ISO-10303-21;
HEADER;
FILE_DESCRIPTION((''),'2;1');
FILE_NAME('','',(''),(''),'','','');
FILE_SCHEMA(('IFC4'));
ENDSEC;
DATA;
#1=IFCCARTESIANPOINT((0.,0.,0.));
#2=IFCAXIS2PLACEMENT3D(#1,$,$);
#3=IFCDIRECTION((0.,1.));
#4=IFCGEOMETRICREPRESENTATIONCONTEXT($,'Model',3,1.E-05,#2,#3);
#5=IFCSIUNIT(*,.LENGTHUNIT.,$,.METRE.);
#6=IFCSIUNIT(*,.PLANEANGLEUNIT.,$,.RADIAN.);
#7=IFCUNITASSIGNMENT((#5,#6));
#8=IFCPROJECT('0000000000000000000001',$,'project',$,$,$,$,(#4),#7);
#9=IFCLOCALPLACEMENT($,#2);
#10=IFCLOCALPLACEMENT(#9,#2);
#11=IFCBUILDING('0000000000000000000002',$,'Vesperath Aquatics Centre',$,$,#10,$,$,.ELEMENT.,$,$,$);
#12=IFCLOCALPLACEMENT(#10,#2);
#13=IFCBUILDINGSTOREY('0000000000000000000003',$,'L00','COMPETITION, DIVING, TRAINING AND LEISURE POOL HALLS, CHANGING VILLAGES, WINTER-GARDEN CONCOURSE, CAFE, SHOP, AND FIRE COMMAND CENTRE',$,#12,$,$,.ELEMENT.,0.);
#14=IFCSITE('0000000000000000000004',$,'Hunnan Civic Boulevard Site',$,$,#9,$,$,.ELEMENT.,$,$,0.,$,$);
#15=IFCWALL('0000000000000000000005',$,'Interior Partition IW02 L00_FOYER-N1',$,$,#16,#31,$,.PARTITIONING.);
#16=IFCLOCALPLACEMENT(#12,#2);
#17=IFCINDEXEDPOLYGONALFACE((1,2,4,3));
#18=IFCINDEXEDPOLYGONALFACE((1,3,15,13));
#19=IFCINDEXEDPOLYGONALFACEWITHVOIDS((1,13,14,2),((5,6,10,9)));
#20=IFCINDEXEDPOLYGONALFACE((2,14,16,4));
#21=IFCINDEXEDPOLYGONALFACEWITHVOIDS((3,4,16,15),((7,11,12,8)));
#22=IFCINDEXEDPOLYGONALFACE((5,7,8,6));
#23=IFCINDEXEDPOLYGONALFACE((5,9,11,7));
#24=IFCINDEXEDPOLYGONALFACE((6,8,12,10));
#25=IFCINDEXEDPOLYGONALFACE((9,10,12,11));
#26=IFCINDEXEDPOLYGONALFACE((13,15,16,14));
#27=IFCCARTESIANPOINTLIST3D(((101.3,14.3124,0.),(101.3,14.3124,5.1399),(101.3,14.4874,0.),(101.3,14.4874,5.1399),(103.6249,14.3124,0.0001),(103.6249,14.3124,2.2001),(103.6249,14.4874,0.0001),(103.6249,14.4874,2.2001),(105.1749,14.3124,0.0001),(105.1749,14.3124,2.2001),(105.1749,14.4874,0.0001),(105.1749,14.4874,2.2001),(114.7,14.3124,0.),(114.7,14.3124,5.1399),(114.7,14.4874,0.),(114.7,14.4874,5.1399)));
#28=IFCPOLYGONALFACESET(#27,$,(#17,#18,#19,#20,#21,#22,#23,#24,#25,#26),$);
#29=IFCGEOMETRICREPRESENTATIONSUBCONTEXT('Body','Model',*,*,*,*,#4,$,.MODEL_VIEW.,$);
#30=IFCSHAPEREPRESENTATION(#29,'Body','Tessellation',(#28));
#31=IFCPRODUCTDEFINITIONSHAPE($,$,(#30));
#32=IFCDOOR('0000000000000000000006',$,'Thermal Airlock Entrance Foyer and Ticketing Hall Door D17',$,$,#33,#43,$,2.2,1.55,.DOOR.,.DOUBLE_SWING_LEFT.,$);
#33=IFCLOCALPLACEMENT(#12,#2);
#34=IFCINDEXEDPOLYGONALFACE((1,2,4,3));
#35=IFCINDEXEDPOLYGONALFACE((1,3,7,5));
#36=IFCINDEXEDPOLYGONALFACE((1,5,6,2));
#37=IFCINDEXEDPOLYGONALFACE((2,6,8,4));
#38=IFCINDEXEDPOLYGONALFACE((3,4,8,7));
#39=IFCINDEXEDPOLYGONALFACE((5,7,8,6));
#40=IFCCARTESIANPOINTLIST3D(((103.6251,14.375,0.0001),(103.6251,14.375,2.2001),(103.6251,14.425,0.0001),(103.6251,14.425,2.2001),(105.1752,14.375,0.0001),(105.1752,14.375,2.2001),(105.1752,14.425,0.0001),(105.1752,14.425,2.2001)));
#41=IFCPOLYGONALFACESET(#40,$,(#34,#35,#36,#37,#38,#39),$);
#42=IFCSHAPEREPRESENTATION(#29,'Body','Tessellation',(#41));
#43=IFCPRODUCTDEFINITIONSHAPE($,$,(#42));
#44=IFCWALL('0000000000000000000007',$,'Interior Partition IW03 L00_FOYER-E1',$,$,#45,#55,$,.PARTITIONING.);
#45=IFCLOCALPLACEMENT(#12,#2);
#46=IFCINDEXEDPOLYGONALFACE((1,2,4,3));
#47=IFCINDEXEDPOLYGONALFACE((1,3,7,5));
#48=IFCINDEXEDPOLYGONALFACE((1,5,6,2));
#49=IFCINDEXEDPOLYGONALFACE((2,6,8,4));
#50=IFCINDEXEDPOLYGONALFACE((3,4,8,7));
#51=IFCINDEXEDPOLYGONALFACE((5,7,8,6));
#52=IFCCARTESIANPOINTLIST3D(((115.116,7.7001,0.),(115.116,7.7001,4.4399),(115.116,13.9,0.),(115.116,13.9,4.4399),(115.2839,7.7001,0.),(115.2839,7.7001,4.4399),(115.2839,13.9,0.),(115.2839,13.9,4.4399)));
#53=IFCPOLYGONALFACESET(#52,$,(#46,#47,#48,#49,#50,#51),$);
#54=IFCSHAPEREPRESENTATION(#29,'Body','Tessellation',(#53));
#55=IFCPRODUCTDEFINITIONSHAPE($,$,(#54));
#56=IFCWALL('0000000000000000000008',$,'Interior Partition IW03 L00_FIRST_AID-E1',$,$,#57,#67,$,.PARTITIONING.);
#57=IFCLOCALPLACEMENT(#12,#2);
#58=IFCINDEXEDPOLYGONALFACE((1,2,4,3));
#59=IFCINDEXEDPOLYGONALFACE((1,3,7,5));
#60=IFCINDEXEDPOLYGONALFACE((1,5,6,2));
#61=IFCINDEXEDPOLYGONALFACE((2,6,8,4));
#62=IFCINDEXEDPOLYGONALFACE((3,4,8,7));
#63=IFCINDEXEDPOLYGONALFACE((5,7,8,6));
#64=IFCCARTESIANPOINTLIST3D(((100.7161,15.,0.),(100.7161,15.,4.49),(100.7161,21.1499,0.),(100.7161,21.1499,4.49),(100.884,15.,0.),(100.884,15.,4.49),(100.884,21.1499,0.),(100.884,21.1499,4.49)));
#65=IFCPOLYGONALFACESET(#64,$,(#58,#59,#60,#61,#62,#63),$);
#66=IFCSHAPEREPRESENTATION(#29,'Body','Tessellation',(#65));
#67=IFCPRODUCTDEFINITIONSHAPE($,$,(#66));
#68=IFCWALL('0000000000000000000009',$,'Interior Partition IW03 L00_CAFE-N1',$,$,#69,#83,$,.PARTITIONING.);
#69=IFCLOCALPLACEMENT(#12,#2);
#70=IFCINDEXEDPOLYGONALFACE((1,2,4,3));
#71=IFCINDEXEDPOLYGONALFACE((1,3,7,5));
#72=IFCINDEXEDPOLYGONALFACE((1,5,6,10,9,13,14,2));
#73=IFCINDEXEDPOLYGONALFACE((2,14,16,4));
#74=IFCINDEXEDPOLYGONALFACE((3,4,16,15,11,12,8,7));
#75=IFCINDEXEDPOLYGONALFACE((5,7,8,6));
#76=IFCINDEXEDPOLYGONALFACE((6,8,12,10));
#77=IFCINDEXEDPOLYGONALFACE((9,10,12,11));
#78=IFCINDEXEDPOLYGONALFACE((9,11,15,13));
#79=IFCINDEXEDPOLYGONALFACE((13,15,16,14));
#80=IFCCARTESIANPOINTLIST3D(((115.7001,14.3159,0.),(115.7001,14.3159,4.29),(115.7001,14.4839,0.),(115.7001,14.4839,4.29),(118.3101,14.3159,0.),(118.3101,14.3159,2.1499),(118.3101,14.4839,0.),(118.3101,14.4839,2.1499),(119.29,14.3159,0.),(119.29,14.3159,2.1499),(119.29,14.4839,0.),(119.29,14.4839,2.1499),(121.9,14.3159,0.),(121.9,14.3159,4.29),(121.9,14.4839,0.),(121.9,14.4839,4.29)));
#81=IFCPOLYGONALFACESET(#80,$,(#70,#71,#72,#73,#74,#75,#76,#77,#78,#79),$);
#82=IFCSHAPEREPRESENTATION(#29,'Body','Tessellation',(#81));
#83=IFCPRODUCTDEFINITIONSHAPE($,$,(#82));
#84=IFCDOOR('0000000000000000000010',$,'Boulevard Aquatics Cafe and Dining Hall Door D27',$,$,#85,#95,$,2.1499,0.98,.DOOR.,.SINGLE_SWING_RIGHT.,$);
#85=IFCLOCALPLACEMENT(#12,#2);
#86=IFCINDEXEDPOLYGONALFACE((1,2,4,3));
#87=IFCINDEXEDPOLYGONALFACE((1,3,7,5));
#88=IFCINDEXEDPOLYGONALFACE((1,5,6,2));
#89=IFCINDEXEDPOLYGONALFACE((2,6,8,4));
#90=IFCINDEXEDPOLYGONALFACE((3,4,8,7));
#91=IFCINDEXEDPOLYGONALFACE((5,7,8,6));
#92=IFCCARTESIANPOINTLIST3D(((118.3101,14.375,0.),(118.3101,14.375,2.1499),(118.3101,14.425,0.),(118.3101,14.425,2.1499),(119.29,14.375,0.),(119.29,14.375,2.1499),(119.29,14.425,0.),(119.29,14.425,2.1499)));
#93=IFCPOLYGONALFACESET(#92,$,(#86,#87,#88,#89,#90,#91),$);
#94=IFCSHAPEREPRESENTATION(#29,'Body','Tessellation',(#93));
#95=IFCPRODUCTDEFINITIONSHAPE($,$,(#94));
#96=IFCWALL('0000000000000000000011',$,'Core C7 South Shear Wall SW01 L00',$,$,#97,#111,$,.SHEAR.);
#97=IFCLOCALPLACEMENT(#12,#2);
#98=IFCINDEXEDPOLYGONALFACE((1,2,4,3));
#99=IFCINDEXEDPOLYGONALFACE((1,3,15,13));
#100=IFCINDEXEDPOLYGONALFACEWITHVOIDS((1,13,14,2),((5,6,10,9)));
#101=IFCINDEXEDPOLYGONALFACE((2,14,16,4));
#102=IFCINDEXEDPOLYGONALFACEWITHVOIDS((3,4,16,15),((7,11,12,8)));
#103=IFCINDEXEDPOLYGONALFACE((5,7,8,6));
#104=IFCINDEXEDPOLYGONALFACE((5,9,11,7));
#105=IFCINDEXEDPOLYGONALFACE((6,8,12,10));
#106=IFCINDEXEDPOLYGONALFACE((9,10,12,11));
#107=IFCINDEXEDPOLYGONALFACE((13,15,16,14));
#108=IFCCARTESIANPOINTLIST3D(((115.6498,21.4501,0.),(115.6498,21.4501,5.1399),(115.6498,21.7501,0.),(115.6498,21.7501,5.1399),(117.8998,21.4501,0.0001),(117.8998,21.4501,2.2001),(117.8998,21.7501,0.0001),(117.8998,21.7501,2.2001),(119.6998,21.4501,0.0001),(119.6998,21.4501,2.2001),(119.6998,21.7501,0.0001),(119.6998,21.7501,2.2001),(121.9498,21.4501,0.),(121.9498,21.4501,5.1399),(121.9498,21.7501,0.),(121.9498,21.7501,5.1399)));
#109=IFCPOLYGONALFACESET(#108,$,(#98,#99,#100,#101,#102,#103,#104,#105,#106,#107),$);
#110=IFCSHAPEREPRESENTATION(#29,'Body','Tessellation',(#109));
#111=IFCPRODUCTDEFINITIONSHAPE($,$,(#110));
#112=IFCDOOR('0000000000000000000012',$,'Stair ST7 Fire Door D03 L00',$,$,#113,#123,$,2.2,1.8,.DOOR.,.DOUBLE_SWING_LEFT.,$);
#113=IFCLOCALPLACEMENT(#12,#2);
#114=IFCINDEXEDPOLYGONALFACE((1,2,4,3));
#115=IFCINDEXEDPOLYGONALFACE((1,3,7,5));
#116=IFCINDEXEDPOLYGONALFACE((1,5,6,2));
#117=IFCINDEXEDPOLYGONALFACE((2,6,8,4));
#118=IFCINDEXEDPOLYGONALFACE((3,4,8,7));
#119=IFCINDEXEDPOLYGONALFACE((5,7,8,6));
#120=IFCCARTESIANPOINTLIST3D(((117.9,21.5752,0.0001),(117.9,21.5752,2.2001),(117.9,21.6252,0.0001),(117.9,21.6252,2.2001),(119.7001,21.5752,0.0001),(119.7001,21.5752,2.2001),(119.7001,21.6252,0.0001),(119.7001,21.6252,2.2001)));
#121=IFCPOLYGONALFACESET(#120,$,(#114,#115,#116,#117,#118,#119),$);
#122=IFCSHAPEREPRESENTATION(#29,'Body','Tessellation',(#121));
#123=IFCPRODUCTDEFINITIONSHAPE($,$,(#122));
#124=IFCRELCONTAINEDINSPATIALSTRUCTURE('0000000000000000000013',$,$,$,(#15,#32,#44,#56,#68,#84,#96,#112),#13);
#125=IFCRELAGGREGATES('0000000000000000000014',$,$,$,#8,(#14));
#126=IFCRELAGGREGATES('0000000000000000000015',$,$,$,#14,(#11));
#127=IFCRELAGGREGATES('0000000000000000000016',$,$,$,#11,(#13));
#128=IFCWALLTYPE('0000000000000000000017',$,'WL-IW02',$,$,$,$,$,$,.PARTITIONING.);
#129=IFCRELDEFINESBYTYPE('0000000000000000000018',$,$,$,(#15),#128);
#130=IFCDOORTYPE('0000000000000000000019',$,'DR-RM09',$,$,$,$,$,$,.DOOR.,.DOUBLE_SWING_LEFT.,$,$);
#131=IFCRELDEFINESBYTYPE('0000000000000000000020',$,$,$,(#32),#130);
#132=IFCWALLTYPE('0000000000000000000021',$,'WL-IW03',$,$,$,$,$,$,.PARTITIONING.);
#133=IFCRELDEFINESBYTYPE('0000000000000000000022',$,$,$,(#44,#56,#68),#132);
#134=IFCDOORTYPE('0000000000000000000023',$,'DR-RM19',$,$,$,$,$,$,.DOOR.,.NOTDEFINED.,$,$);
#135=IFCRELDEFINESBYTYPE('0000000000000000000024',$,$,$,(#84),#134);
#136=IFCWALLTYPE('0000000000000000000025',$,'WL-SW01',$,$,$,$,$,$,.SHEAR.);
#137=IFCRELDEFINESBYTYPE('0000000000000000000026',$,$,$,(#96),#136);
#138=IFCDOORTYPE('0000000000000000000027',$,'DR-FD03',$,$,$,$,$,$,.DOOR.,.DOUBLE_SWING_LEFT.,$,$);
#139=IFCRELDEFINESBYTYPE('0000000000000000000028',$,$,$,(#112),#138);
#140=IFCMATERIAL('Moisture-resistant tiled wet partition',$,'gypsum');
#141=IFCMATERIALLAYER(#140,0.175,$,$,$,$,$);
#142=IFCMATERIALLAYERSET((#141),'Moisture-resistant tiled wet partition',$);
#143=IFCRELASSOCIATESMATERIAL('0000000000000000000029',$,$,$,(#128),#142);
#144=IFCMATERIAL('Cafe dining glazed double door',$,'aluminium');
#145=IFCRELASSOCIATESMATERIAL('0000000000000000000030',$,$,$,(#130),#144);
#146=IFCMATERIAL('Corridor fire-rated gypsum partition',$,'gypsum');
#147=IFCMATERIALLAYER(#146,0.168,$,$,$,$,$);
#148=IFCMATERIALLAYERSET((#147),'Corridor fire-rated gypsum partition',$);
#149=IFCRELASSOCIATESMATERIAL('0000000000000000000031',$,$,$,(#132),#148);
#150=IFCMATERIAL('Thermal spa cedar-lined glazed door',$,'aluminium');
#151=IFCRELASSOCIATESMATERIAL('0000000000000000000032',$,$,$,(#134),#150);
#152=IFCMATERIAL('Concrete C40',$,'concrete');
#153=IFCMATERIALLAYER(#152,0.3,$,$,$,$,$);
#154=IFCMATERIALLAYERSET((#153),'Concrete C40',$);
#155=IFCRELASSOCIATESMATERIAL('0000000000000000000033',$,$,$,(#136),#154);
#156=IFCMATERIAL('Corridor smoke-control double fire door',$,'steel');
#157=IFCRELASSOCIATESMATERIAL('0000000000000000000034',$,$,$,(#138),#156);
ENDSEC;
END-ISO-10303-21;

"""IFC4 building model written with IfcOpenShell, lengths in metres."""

from ifc_helpers import new_model, si_unit, direction, frame, frame_2d, origin, place, context, subcontext, project, spatial, rectangle, extrude, material, layer, layer_set, type_object, element, fill, save


model = new_model("IFC4")

# Units and contexts
model_context = context("Model", 3, precision=1e-05, world=origin(), true_north=direction((0.0, 1.0)))
body_context = subcontext(model_context, "Body", "Model", "MODEL_VIEW")
ifc_project = project(units=[si_unit("LENGTHUNIT", "METRE"), si_unit("PLANEANGLEUNIT", "RADIAN")], contexts=[model_context])

# Site, building, storey
site_placement = place(None, origin())
site = spatial("IfcSite", under=ifc_project, at=site_placement, Name="Hunnan Civic Boulevard Site", CompositionType="ELEMENT", RefElevation=0.0)
building_placement = place(site_placement, origin())
building = spatial("IfcBuilding", under=site, at=building_placement, Name="Vesperath Aquatics Centre", CompositionType="ELEMENT")
storey_placement = place(building_placement, origin())
storey = spatial("IfcBuildingStorey", under=building, at=storey_placement, Name="L00", Description="COMPETITION, DIVING, TRAINING AND LEISURE POOL HALLS, CHANGING VILLAGES, WINTER-GARDEN CONCOURSE, CAFE, SHOP, AND FIRE COMMAND CENTRE", CompositionType="ELEMENT", Elevation=0.0)

# Shared definitions
ifc_material_1 = material(Name="Concrete C40", Category="concrete")

# Wall, opening, door
ifc_material_2 = material(Name="Moisture-resistant tiled wet partition", Category="gypsum")
ifc_layer_1 = layer(ifc_material_2, 0.175)
ifc_layer_set_1 = layer_set([ifc_layer_1], Name="Moisture-resistant tiled wet partition")
wall_type_1 = type_object("IfcWallType", Name="WL-IW02", PredefinedType="PARTITIONING", material=ifc_layer_set_1)
wall_1_placement = place(storey_placement, frame((101.3, 14.3999, 0.0), z_axis=(0.0, 0.0, 1.0), x_axis=(1.0, 0.0, 0.0)))
wall_1 = element("IfcWall", 1, at=wall_1_placement, inside=storey, type_object=wall_type_1, Name="Interior Partition IW02 L00_FOYER-N1", PredefinedType="PARTITIONING", context=body_context, shape_type="SweptSolid", body=[
    extrude(rectangle(XDim=13.3999, YDim=0.175, at=frame_2d((6.7, 0.0))), origin(), (0.0, 0.0, 1.0), 5.1399),
])
opening_1_placement = place(wall_1_placement, frame((2.325, 0.0, 0.0)))
opening_1 = element("IfcOpeningElement", 2, at=opening_1_placement, cuts=wall_1, PredefinedType="OPENING", context=body_context, shape_type="SweptSolid", body=[
    extrude(rectangle(XDim=1.55, YDim=2.2, at=frame_2d((0.7749, 1.1001))), frame((0.0, 0.1025, 0.0), z_axis=(0.0, -1.0, 0.0), x_axis=(1.0, 0.0, 0.0)), (0.0, 0.0, 1.0), 0.2048),
])
ifc_material_3 = material(Name="Cafe dining glazed double door", Category="aluminium")
door_type_1 = type_object("IfcDoorType", Name="DR-RM09", OperationType="DOUBLE_SWING_LEFT", PredefinedType="DOOR", material=ifc_material_3)
door_1_placement = place(opening_1_placement, frame((1.55, 0.0, 0.0), z_axis=(0.0, 0.0, 1.0), x_axis=(-1.0, 0.0, 0.0)))
door_1 = element("IfcDoor", 3, at=door_1_placement, inside=storey, type_object=door_type_1, Name="Thermal Airlock Entrance Foyer and Ticketing Hall Door D17", OperationType="DOUBLE_SWING_LEFT", OverallHeight=2.2, OverallWidth=1.55, PredefinedType="DOOR", context=body_context, shape_type="SweptSolid", body=[
    extrude(rectangle(XDim=1.55, YDim=2.2, at=frame_2d((0.7749, 1.1001))), frame((0.0, 0.0249, 0.0), z_axis=(0.0, -1.0, 0.0), x_axis=(1.0, 0.0, 0.0)), (0.0, 0.0, 1.0), 0.05),
])
fill(opening_1, door_1)

# Walls
ifc_material_4 = material(Name="Corridor fire-rated gypsum partition", Category="gypsum")
ifc_layer_2 = layer(ifc_material_4, 0.168)
ifc_layer_set_2 = layer_set([ifc_layer_2], Name="Corridor fire-rated gypsum partition")
wall_type_2 = type_object("IfcWallType", Name="WL-IW03", PredefinedType="PARTITIONING", material=ifc_layer_set_2)
wall_2_placement = place(storey_placement, frame((115.2, 7.7, 0.0), z_axis=(0.0, 0.0, 1.0), x_axis=(0.0, 1.0, 0.0)))
element("IfcWall", 4, at=wall_2_placement, inside=storey, type_object=wall_type_2, Name="Interior Partition IW03 L00_FOYER-E1", PredefinedType="PARTITIONING", context=body_context, shape_type="SweptSolid", body=[
    extrude(rectangle(XDim=6.2, YDim=0.168, at=frame_2d((3.1001, 0.0))), origin(), (0.0, 0.0, 1.0), 4.4399),
])
wall_3_placement = place(storey_placement, frame((100.8, 15.0, 0.0), z_axis=(0.0, 0.0, 1.0), x_axis=(0.0, 1.0, 0.0)))
element("IfcWall", 5, at=wall_3_placement, inside=storey, type_object=wall_type_2, Name="Interior Partition IW03 L00_FIRST_AID-E1", PredefinedType="PARTITIONING", context=body_context, shape_type="SweptSolid", body=[
    extrude(rectangle(XDim=6.1499, YDim=0.168, at=frame_2d((3.075, 0.0))), origin(), (0.0, 0.0, 1.0), 4.49),
])

# Walls, openings, doors
wall_4_placement = place(storey_placement, frame((115.7, 14.3999, 0.0), z_axis=(0.0, 0.0, 1.0), x_axis=(1.0, 0.0, 0.0)))
wall_4 = element("IfcWall", 6, at=wall_4_placement, inside=storey, type_object=wall_type_2, Name="Interior Partition IW03 L00_CAFE-N1", PredefinedType="PARTITIONING", context=body_context, shape_type="SweptSolid", body=[
    extrude(rectangle(XDim=6.2, YDim=0.168, at=frame_2d((3.1001, 0.0))), origin(), (0.0, 0.0, 1.0), 4.29),
])
opening_2_placement = place(wall_4_placement, frame((2.6101, 0.0, 0.0)))
opening_2 = element("IfcOpeningElement", 7, at=opening_2_placement, cuts=wall_4, PredefinedType="OPENING", context=body_context, shape_type="SweptSolid", body=[
    extrude(rectangle(XDim=0.98, YDim=2.1499, at=frame_2d((0.49, 1.075))), frame((0.0, 0.0989, 0.0), z_axis=(0.0, -1.0, 0.0), x_axis=(1.0, 0.0, 0.0)), (0.0, 0.0, 1.0), 0.1978),
])
ifc_material_5 = material(Name="Thermal spa cedar-lined glazed door", Category="aluminium")
door_type_2 = type_object("IfcDoorType", Name="DR-RM19", OperationType="NOTDEFINED", PredefinedType="DOOR", material=ifc_material_5)
door_2_placement = place(opening_2_placement, frame((0.98, 0.0, 0.0), z_axis=(0.0, 0.0, 1.0), x_axis=(-1.0, 0.0, 0.0)))
door_2 = element("IfcDoor", 8, at=door_2_placement, inside=storey, type_object=door_type_2, Name="Boulevard Aquatics Cafe and Dining Hall Door D27", OperationType="SINGLE_SWING_RIGHT", OverallHeight=2.1499, OverallWidth=0.98, PredefinedType="DOOR", context=body_context, shape_type="SweptSolid", body=[
    extrude(rectangle(XDim=0.98, YDim=2.1499, at=frame_2d((0.49, 1.075))), frame((0.0, 0.0249, 0.0), z_axis=(0.0, -1.0, 0.0), x_axis=(1.0, 0.0, 0.0)), (0.0, 0.0, 1.0), 0.05),
])
fill(opening_2, door_2)
ifc_layer_3 = layer(ifc_material_1, 0.3)
ifc_layer_set_3 = layer_set([ifc_layer_3], Name="Concrete C40")
wall_type_3 = type_object("IfcWallType", Name="WL-SW01", PredefinedType="SHEAR", material=ifc_layer_set_3)
wall_5_placement = place(storey_placement, frame((115.6499, 21.6001, 0.0), z_axis=(0.0, 0.0, 1.0), x_axis=(1.0, 0.0, 0.0)))
wall_5 = element("IfcWall", 9, at=wall_5_placement, inside=storey, type_object=wall_type_3, Name="Core C7 South Shear Wall SW01 L00", PredefinedType="SHEAR", context=body_context, shape_type="SweptSolid", body=[
    extrude(rectangle(XDim=6.3, YDim=0.3, at=frame_2d((3.1499, 0.0))), origin(), (0.0, 0.0, 1.0), 5.1399),
])
opening_3_placement = place(wall_5_placement, frame((2.25, 0.0, 0.0)))
opening_3 = element("IfcOpeningElement", 10, at=opening_3_placement, cuts=wall_5, PredefinedType="OPENING", context=body_context, shape_type="SweptSolid", body=[
    extrude(rectangle(XDim=1.8, YDim=2.2, at=frame_2d((0.8999, 1.1001))), frame((0.0, 0.165, 0.0), z_axis=(0.0, -1.0, 0.0), x_axis=(1.0, 0.0, 0.0)), (0.0, 0.0, 1.0), 0.3298),
])
ifc_material_6 = material(Name="Corridor smoke-control double fire door", Category="steel")
door_type_3 = type_object("IfcDoorType", Name="DR-FD03", OperationType="DOUBLE_SWING_LEFT", PredefinedType="DOOR", material=ifc_material_6)
door_3_placement = place(opening_3_placement, frame((1.8, 0.0, 0.0), z_axis=(0.0, 0.0, 1.0), x_axis=(-1.0, 0.0, 0.0)))
door_3 = element("IfcDoor", 11, at=door_3_placement, inside=storey, type_object=door_type_3, Name="Stair ST7 Fire Door D03 L00", OperationType="DOUBLE_SWING_LEFT", OverallHeight=2.2, OverallWidth=1.8, PredefinedType="DOOR", context=body_context, shape_type="SweptSolid", body=[
    extrude(rectangle(XDim=1.8, YDim=2.2, at=frame_2d((0.8999, 1.1001))), frame((0.0, 0.0249, 0.0), z_axis=(0.0, -1.0, 0.0), x_axis=(1.0, 0.0, 0.0)), (0.0, 0.0, 1.0), 0.05),
])
fill(opening_3, door_3)

save(model, "model.ifc")
